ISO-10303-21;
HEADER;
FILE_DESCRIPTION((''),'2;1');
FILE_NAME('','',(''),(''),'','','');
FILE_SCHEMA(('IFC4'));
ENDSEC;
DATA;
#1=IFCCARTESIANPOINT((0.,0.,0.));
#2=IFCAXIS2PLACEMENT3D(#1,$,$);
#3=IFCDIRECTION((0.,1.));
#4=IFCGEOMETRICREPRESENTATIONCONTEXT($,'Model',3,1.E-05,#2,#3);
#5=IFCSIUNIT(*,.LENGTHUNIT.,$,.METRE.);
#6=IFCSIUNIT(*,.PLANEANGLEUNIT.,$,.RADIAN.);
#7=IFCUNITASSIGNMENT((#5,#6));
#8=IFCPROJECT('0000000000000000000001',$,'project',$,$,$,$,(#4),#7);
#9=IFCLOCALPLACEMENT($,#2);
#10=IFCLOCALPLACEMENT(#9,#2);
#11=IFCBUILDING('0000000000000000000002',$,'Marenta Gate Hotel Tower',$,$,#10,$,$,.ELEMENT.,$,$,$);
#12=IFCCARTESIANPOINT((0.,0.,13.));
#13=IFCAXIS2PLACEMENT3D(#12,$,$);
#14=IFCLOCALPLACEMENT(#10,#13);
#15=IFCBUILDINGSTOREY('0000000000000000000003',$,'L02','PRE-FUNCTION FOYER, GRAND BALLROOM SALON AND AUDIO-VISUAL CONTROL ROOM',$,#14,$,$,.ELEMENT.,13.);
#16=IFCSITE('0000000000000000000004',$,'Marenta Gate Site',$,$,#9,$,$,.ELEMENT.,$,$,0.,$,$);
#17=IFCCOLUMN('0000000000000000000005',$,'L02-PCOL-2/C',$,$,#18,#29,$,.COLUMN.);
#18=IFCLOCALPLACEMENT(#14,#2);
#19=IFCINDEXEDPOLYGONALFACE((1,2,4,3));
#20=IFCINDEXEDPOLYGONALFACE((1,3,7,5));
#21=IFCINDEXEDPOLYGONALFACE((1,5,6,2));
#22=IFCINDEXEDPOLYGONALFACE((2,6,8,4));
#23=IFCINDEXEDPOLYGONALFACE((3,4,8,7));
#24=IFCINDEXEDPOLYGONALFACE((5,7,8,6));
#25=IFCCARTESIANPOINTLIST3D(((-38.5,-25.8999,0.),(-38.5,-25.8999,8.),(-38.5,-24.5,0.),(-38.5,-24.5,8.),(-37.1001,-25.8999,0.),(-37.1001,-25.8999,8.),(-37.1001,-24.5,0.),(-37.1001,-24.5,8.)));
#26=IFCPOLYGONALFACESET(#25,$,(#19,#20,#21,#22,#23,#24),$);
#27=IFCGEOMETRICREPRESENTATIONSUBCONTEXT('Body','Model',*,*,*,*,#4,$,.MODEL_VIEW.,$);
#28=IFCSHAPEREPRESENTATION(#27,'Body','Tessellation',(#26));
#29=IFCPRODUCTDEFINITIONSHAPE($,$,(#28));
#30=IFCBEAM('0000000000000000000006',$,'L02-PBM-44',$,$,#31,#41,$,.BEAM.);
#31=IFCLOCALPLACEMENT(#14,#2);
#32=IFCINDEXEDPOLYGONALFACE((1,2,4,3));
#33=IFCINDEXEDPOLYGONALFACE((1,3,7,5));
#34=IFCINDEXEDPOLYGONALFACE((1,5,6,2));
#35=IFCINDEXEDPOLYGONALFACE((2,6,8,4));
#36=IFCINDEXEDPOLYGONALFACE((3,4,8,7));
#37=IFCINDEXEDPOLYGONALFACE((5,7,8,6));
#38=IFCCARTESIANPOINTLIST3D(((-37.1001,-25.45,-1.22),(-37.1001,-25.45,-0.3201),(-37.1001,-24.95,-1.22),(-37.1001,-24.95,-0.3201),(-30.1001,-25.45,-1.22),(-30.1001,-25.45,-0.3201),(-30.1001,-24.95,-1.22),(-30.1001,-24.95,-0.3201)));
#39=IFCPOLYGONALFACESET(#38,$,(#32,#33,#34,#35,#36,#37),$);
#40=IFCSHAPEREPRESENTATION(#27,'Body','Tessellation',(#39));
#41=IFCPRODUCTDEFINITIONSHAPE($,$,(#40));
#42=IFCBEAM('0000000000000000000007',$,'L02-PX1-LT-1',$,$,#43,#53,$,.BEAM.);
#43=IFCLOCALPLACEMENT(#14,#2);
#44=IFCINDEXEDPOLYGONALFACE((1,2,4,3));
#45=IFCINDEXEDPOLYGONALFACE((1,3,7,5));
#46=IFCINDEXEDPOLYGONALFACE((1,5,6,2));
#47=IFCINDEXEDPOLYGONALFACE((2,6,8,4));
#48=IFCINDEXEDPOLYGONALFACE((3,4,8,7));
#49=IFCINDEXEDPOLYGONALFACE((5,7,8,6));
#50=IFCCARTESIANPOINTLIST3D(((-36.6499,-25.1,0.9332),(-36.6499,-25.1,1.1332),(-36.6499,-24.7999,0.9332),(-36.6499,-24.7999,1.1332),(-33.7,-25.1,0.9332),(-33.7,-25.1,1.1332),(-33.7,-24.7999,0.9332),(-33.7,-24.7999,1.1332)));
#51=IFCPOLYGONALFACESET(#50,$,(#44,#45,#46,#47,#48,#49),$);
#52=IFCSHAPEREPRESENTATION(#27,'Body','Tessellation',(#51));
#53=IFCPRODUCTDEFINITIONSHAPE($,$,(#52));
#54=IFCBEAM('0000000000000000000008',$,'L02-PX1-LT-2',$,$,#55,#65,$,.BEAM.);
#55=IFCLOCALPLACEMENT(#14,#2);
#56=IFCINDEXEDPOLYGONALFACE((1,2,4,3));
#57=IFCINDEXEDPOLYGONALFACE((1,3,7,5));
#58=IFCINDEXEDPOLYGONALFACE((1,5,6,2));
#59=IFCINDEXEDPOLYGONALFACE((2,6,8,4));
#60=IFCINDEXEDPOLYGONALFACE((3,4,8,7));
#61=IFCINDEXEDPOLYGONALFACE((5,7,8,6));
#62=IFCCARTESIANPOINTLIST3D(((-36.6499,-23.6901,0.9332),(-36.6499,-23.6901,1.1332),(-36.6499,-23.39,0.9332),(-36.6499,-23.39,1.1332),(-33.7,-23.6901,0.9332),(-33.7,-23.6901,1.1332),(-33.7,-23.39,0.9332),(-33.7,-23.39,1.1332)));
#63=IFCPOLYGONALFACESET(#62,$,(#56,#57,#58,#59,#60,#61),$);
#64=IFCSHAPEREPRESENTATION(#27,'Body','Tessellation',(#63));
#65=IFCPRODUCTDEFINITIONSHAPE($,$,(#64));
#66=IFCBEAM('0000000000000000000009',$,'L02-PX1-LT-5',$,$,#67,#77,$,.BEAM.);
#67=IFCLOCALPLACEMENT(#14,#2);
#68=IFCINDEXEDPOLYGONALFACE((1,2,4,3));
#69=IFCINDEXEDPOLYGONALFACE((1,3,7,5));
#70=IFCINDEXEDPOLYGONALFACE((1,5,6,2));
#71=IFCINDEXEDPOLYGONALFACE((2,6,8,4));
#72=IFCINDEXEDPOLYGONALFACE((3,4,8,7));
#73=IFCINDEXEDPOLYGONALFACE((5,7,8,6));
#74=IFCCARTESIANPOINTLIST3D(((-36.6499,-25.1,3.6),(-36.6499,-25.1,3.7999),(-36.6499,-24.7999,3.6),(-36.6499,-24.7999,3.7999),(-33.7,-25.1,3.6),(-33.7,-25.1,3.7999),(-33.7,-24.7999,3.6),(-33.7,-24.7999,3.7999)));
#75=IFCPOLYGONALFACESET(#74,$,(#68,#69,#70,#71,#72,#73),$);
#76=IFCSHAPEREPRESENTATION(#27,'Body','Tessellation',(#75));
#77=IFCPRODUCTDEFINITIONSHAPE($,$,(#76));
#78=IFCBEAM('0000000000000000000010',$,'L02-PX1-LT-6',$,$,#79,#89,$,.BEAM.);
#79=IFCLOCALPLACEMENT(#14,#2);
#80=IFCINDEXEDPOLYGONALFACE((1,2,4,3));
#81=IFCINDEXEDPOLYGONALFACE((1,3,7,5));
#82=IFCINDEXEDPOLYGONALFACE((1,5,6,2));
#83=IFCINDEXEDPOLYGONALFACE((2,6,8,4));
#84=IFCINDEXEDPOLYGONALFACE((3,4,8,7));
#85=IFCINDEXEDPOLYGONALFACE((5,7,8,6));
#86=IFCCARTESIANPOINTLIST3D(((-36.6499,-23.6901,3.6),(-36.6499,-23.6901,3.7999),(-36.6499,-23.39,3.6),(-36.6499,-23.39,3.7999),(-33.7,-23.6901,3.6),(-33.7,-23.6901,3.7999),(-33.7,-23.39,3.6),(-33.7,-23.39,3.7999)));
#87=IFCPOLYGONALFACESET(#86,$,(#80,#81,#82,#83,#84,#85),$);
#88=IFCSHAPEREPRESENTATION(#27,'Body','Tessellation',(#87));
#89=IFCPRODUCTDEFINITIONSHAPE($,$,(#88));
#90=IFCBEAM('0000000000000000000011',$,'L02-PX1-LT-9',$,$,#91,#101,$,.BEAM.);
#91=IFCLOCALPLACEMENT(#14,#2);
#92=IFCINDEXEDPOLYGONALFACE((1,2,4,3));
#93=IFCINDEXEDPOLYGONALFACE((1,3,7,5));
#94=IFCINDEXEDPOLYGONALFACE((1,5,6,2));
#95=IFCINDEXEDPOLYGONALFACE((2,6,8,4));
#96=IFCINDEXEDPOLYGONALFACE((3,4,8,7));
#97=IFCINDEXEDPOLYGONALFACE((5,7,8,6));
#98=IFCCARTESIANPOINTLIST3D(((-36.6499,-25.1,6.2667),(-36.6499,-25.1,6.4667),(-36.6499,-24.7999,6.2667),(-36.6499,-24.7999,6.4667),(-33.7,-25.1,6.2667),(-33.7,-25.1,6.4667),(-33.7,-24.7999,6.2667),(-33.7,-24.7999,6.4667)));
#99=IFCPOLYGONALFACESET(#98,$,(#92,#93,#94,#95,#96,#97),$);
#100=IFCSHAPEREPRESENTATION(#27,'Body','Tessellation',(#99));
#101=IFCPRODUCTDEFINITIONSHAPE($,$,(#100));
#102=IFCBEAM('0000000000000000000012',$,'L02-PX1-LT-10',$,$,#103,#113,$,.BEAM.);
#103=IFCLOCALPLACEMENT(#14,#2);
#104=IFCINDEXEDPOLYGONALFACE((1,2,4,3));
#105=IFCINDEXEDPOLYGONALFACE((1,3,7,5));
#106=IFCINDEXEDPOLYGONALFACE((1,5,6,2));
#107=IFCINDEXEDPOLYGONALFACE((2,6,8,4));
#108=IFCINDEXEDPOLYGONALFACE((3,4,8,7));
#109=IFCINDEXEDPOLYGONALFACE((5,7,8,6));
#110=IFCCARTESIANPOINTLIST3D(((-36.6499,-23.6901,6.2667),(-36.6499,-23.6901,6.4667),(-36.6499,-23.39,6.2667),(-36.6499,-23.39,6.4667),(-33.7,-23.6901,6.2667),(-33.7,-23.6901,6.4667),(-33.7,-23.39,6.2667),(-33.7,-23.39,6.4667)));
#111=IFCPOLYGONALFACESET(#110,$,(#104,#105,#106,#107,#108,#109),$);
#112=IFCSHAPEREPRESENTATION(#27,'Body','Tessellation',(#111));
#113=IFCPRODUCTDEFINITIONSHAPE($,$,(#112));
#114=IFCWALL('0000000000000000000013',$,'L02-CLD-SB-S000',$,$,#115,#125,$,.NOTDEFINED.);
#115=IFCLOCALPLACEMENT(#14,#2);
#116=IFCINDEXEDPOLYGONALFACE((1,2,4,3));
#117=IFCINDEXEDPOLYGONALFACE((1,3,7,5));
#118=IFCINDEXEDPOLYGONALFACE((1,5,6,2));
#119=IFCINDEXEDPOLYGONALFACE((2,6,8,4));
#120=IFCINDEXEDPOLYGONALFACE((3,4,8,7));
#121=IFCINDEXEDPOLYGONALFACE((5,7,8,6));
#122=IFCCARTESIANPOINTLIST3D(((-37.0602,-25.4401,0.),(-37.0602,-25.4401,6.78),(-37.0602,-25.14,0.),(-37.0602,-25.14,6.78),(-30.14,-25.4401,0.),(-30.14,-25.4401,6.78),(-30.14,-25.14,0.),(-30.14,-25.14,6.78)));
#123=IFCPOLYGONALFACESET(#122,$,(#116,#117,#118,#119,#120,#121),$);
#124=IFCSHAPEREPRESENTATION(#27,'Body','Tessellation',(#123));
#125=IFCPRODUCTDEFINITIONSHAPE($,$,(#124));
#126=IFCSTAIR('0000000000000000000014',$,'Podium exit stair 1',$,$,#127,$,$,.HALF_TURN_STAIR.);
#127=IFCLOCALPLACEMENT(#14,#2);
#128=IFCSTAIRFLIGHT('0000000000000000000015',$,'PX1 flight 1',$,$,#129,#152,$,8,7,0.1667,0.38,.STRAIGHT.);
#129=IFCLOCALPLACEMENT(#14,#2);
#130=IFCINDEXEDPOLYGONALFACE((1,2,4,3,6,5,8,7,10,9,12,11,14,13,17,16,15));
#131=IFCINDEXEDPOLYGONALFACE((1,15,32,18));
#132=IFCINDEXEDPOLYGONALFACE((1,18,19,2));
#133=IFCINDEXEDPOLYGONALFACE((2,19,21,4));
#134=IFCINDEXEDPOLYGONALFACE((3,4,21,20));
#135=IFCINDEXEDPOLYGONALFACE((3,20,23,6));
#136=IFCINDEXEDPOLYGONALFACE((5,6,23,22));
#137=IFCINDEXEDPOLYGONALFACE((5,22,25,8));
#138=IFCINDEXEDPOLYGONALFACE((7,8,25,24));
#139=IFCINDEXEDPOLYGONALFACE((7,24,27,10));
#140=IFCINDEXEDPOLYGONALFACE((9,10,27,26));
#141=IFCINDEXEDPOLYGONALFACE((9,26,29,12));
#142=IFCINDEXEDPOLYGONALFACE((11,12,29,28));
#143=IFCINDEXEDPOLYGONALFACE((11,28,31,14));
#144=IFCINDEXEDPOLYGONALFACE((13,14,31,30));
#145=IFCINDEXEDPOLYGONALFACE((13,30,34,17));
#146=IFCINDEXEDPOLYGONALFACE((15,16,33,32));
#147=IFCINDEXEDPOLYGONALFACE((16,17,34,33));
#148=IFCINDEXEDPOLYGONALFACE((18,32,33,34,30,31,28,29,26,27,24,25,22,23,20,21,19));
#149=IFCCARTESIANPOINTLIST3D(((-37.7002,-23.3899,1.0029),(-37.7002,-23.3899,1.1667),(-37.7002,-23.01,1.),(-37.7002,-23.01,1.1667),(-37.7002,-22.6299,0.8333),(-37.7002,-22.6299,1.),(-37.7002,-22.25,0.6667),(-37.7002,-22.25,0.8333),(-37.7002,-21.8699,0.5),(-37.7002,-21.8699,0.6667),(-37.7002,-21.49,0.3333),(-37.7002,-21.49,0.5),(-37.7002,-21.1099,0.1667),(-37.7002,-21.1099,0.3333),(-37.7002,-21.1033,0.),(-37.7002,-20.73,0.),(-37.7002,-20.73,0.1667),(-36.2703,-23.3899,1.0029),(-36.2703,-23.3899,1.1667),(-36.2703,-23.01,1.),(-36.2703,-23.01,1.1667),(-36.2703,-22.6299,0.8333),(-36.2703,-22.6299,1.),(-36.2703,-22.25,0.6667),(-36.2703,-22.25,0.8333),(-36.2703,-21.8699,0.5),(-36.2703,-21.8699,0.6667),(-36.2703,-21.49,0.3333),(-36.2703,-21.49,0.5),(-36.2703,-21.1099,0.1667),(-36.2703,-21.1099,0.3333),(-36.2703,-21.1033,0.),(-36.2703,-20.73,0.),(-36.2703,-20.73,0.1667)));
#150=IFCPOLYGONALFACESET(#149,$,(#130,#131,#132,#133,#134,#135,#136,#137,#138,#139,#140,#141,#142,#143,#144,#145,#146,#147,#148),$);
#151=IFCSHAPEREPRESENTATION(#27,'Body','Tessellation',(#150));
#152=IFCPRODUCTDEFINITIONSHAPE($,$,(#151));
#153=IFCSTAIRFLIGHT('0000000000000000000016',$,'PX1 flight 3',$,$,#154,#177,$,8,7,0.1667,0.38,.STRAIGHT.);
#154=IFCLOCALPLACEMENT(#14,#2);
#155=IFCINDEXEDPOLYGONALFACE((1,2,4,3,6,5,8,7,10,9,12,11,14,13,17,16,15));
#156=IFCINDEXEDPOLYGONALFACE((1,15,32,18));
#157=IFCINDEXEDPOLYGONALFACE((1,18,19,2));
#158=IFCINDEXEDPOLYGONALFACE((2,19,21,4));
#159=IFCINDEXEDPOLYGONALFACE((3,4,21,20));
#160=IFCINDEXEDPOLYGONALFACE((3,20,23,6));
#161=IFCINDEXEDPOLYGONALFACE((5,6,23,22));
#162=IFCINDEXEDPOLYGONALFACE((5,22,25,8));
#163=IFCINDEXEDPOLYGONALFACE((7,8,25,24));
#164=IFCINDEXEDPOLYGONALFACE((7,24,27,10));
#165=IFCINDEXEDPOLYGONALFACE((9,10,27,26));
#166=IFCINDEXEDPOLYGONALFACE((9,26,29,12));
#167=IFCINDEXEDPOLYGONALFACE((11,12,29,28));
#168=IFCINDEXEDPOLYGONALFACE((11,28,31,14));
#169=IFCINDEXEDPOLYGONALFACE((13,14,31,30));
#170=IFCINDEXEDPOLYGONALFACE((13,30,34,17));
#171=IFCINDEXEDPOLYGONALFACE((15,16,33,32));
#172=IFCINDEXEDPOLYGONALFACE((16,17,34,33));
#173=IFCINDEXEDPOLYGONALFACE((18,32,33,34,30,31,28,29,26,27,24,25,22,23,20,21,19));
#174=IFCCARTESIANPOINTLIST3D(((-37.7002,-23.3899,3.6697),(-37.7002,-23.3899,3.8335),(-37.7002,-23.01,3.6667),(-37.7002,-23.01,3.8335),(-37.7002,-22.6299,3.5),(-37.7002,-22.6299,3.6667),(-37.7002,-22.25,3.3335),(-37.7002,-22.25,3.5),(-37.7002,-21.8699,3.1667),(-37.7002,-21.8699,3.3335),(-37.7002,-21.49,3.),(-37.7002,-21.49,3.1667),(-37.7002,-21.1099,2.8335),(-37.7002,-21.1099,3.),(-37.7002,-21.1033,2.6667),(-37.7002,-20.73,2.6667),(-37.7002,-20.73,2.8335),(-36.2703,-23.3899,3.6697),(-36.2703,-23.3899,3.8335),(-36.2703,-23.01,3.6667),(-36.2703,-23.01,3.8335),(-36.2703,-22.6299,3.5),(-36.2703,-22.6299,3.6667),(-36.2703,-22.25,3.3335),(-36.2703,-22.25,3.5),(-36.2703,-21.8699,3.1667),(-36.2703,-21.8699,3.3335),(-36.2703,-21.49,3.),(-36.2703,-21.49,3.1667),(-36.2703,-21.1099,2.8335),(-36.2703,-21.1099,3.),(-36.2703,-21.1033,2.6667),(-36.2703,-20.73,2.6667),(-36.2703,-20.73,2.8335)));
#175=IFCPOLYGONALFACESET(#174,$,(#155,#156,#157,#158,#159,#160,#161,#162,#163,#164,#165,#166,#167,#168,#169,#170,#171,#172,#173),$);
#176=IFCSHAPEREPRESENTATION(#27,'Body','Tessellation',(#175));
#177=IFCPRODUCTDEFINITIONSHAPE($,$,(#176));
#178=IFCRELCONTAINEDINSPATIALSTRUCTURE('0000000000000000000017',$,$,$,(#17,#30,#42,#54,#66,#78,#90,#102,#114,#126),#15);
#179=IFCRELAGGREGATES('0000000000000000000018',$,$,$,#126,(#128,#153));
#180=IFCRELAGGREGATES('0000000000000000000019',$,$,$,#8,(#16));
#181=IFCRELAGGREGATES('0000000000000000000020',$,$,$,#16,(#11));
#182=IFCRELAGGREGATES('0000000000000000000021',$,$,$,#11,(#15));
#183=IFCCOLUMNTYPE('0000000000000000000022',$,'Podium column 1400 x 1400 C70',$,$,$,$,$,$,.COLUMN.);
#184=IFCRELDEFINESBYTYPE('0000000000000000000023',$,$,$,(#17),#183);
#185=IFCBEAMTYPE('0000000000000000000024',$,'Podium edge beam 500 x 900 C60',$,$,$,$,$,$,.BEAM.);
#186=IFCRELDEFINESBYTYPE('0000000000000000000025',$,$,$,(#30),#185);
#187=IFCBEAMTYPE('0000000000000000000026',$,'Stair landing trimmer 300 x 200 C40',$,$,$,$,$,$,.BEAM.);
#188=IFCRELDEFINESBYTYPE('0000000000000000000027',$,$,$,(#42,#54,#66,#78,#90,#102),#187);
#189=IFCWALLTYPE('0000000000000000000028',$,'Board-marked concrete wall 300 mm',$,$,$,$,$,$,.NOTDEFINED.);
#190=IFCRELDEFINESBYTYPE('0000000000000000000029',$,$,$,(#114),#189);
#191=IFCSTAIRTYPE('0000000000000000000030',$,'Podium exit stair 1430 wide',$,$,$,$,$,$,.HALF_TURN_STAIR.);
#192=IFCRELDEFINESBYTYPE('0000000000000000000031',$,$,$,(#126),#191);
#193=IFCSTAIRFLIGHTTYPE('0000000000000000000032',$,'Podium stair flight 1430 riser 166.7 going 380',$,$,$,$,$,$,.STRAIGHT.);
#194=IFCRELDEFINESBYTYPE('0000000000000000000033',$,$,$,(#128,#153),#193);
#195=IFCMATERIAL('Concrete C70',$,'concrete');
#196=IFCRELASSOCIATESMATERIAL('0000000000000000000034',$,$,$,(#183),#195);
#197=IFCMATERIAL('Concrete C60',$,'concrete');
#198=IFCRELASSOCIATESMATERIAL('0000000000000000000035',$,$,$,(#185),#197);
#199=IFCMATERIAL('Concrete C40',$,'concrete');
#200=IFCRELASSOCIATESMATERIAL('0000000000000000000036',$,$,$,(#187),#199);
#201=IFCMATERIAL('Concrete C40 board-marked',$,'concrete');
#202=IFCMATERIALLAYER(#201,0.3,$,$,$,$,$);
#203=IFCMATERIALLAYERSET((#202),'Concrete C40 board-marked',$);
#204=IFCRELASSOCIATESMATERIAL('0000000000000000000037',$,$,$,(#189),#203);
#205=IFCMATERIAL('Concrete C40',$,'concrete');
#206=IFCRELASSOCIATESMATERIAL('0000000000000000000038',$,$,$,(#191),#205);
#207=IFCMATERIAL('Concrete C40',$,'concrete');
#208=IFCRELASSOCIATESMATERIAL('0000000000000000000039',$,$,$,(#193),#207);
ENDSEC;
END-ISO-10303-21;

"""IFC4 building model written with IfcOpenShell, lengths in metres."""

from ifc_helpers import new_model, si_unit, direction, frame, frame_2d, origin, origin_2d, place, context, subcontext, project, spatial, polyline, rectangle, outline, extrude, material, layer, layer_set, material_profile, profile_set, type_object, element, aggregate, save


model = new_model("IFC4")

# Units and contexts
model_context = context("Model", 3, precision=1e-05, world=origin(), true_north=direction((0.0, 1.0)))
body_context = subcontext(model_context, "Body", "Model", "MODEL_VIEW")
ifc_project = project(units=[si_unit("LENGTHUNIT", "METRE"), si_unit("PLANEANGLEUNIT", "RADIAN")], contexts=[model_context])

# Site, building, storey
site_placement = place(None, origin())
site = spatial("IfcSite", under=ifc_project, at=site_placement, Name="Marenta Gate Site", CompositionType="ELEMENT", RefElevation=0.0)
building_placement = place(site_placement, origin())
building = spatial("IfcBuilding", under=site, at=building_placement, Name="Marenta Gate Hotel Tower", CompositionType="ELEMENT")
storey_placement = place(building_placement, frame((0.0, 0.0, 13.0)))
storey = spatial("IfcBuildingStorey", under=building, at=storey_placement, Name="L02", Description="PRE-FUNCTION FOYER, GRAND BALLROOM SALON AND AUDIO-VISUAL CONTROL ROOM", CompositionType="ELEMENT", Elevation=13.0)

# Column
ifc_material_1 = material(Name="Concrete C70", Category="concrete")
ifc_material_profile_1 = material_profile(ifc_material_1, rectangle(XDim=1.3999, YDim=1.3999, at=origin_2d()), Name="1400 x 1400")
ifc_profile_set_1 = profile_set([ifc_material_profile_1], Name="Concrete C70")
column_type = type_object("IfcColumnType", Name="Podium column 1400 x 1400 C70", PredefinedType="COLUMN", material=ifc_profile_set_1)
column_placement = place(storey_placement, frame((-37.8, -25.2, 0.0), z_axis=(0.0, 0.0, 1.0), x_axis=(1.0, 0.0, 0.0)))
element("IfcColumn", 1, at=column_placement, inside=storey, type_object=column_type, Name="L02-PCOL-2/C", PredefinedType="COLUMN", context=body_context, shape_type="SweptSolid", body=[
    extrude(rectangle(XDim=1.3999, YDim=1.3999, at=origin_2d()), origin(), (0.0, 0.0, 1.0), 8.0),
])

# Beams
ifc_material_2 = material(Name="Concrete C60", Category="concrete")
ifc_material_profile_2 = material_profile(ifc_material_2, rectangle(XDim=0.5, YDim=0.8999, at=origin_2d()), Name="500 x 900")
ifc_profile_set_2 = profile_set([ifc_material_profile_2], Name="Concrete C60")
beam_type_1 = type_object("IfcBeamType", Name="Podium edge beam 500 x 900 C60", PredefinedType="BEAM", material=ifc_profile_set_2)
beam_placement = place(storey_placement, frame((-37.1001, -25.2, -0.77), z_axis=(1.0, 0.0, 0.0), x_axis=(0.0, 1.0, 0.0)))
element("IfcBeam", 2, at=beam_placement, inside=storey, type_object=beam_type_1, Name="L02-PBM-44", PredefinedType="BEAM", context=body_context, shape_type="SweptSolid", body=[
    extrude(rectangle(XDim=0.5, YDim=0.8999, at=origin_2d()), origin(), (0.0, 0.0, 1.0), 7.0),
])
ifc_material_3 = material(Name="Concrete C40", Category="concrete")
ifc_material_profile_3 = material_profile(ifc_material_3, rectangle(XDim=0.3, YDim=0.2, at=origin_2d()), Name="300 x 200")
ifc_profile_set_3 = profile_set([ifc_material_profile_3], Name="Concrete C40")
beam_type_2 = type_object("IfcBeamType", Name="Stair landing trimmer 300 x 200 C40", PredefinedType="BEAM", material=ifc_profile_set_3)
for number, where, z_axis, x_axis, name in (
    (3, (-36.6499, -24.95, 1.0332), (1.0, 0.0, 0.0), (0.0, 1.0, 0.0), "L02-PX1-LT-1"),
    (4, (-36.6499, -23.54, 1.0332), (1.0, 0.0, 0.0), (0.0, 1.0, 0.0), "L02-PX1-LT-2"),
    (5, (-36.6499, -24.95, 3.7), (1.0, 0.0, 0.0), (0.0, 1.0, 0.0), "L02-PX1-LT-5"),
    (6, (-36.6499, -23.54, 3.7), (1.0, 0.0, 0.0), (0.0, 1.0, 0.0), "L02-PX1-LT-6"),
    (7, (-36.6499, -24.95, 6.3667), (1.0, 0.0, 0.0), (0.0, 1.0, 0.0), "L02-PX1-LT-9"),
    (8, (-36.6499, -23.54, 6.3667), (1.0, 0.0, 0.0), (0.0, 1.0, 0.0), "L02-PX1-LT-10"),
):
    element("IfcBeam", number, at=place(storey_placement, frame(where, z_axis=z_axis, x_axis=x_axis)), inside=storey, type_object=beam_type_2, Name=name, PredefinedType="BEAM", context=body_context, shape_type="SweptSolid", body=[
        extrude(rectangle(XDim=0.3, YDim=0.2, at=origin_2d()), origin(), (0.0, 0.0, 1.0), 2.95),
    ])

# Wall
ifc_material_4 = material(Name="Concrete C40 board-marked", Category="concrete")
ifc_layer = layer(ifc_material_4, 0.3)
ifc_layer_set = layer_set([ifc_layer], Name="Concrete C40 board-marked")
wall_type = type_object("IfcWallType", Name="Board-marked concrete wall 300 mm", PredefinedType="NOTDEFINED", material=ifc_layer_set)
wall_placement = place(storey_placement, frame((-37.0601, -25.29, 0.0), z_axis=(0.0, 0.0, 1.0), x_axis=(1.0, 0.0, 0.0)))
element("IfcWall", 9, at=wall_placement, inside=storey, type_object=wall_type, Name="L02-CLD-SB-S000", PredefinedType="NOTDEFINED", context=body_context, shape_type="SweptSolid", body=[
    extrude(rectangle(XDim=6.9202, YDim=0.3, at=frame_2d((3.46, 0.0))), origin(), (0.0, 0.0, 1.0), 6.78),
])

# Stair, stair flights
ifc_material_5 = material(Name="Concrete C40", Category="concrete")
stair_type = type_object("IfcStairType", Name="Podium exit stair 1430 wide", PredefinedType="HALF_TURN_STAIR", material=ifc_material_5)
stair_placement = place(storey_placement, origin())
stair = element("IfcStair", 10, at=stair_placement, inside=storey, type_object=stair_type, Name="Podium exit stair 1", PredefinedType="HALF_TURN_STAIR")
ifc_material_6 = material(Name="Concrete C40", Category="concrete")
stair_flight_type = type_object("IfcStairFlightType", Name="Podium stair flight 1430 riser 166.7 going 380", PredefinedType="STRAIGHT", material=ifc_material_6)
stair_flight_1_placement = place(storey_placement, frame((-36.9851, -20.73, 0.0), z_axis=(0.0, 0.0, 1.0), x_axis=(0.0, -1.0, 0.0)))
stair_flight_1 = element("IfcStairFlight", 11, at=stair_flight_1_placement, type_object=stair_flight_type, Name="PX1 flight 1", NumberOfRisers=8, NumberOfTreads=7, PredefinedType="STRAIGHT", RiserHeight=0.1667, TreadLength=0.38, context=body_context, shape_type="SweptSolid", body=[
    extrude(outline(polyline([(0.0, 0.0), (0.0, 0.1667), (0.3799, 0.1667), (0.3799, 0.3333), (0.76, 0.3333), (0.76, 0.5), (1.1399, 0.5), (1.1399, 0.6667), (1.52, 0.6667), (1.52, 0.8333), (1.8999, 0.8333), (1.8999, 1.0), (2.28, 1.0), (2.28, 1.1667), (2.6599, 1.1667), (2.6599, 1.3333), (2.6599, 1.0029), (0.3733, 0.0), (0.0, 0.0)])), frame((0.0, 0.7148, 0.0), z_axis=(0.0, -1.0, 0.0), x_axis=(1.0, 0.0, 0.0)), (0.0, 0.0, 1.0), 1.4299),
])
stair_flight_2_placement = place(storey_placement, frame((-36.9851, -20.73, 2.6667), z_axis=(0.0, 0.0, 1.0), x_axis=(0.0, -1.0, 0.0)))
stair_flight_2 = element("IfcStairFlight", 12, at=stair_flight_2_placement, type_object=stair_flight_type, Name="PX1 flight 3", NumberOfRisers=8, NumberOfTreads=7, PredefinedType="STRAIGHT", RiserHeight=0.1667, TreadLength=0.38, context=body_context, shape_type="SweptSolid", body=[
    extrude(outline(polyline([(0.0, 0.0), (0.0, 0.1667), (0.3799, 0.1667), (0.3799, 0.3333), (0.76, 0.3333), (0.76, 0.5), (1.1399, 0.5), (1.1399, 0.6667), (1.52, 0.6667), (1.52, 0.8333), (1.8999, 0.8333), (1.8999, 1.0), (2.28, 1.0), (2.28, 1.1667), (2.6599, 1.1667), (2.6599, 1.3333), (2.6599, 1.0029), (0.3733, 0.0), (0.0, 0.0)])), frame((0.0, 0.7148, 0.0), z_axis=(0.0, -1.0, 0.0), x_axis=(1.0, 0.0, 0.0)), (0.0, 0.0, 1.0), 1.4299),
])
aggregate(stair, [stair_flight_1, stair_flight_2])

save(model, "model.ifc")
